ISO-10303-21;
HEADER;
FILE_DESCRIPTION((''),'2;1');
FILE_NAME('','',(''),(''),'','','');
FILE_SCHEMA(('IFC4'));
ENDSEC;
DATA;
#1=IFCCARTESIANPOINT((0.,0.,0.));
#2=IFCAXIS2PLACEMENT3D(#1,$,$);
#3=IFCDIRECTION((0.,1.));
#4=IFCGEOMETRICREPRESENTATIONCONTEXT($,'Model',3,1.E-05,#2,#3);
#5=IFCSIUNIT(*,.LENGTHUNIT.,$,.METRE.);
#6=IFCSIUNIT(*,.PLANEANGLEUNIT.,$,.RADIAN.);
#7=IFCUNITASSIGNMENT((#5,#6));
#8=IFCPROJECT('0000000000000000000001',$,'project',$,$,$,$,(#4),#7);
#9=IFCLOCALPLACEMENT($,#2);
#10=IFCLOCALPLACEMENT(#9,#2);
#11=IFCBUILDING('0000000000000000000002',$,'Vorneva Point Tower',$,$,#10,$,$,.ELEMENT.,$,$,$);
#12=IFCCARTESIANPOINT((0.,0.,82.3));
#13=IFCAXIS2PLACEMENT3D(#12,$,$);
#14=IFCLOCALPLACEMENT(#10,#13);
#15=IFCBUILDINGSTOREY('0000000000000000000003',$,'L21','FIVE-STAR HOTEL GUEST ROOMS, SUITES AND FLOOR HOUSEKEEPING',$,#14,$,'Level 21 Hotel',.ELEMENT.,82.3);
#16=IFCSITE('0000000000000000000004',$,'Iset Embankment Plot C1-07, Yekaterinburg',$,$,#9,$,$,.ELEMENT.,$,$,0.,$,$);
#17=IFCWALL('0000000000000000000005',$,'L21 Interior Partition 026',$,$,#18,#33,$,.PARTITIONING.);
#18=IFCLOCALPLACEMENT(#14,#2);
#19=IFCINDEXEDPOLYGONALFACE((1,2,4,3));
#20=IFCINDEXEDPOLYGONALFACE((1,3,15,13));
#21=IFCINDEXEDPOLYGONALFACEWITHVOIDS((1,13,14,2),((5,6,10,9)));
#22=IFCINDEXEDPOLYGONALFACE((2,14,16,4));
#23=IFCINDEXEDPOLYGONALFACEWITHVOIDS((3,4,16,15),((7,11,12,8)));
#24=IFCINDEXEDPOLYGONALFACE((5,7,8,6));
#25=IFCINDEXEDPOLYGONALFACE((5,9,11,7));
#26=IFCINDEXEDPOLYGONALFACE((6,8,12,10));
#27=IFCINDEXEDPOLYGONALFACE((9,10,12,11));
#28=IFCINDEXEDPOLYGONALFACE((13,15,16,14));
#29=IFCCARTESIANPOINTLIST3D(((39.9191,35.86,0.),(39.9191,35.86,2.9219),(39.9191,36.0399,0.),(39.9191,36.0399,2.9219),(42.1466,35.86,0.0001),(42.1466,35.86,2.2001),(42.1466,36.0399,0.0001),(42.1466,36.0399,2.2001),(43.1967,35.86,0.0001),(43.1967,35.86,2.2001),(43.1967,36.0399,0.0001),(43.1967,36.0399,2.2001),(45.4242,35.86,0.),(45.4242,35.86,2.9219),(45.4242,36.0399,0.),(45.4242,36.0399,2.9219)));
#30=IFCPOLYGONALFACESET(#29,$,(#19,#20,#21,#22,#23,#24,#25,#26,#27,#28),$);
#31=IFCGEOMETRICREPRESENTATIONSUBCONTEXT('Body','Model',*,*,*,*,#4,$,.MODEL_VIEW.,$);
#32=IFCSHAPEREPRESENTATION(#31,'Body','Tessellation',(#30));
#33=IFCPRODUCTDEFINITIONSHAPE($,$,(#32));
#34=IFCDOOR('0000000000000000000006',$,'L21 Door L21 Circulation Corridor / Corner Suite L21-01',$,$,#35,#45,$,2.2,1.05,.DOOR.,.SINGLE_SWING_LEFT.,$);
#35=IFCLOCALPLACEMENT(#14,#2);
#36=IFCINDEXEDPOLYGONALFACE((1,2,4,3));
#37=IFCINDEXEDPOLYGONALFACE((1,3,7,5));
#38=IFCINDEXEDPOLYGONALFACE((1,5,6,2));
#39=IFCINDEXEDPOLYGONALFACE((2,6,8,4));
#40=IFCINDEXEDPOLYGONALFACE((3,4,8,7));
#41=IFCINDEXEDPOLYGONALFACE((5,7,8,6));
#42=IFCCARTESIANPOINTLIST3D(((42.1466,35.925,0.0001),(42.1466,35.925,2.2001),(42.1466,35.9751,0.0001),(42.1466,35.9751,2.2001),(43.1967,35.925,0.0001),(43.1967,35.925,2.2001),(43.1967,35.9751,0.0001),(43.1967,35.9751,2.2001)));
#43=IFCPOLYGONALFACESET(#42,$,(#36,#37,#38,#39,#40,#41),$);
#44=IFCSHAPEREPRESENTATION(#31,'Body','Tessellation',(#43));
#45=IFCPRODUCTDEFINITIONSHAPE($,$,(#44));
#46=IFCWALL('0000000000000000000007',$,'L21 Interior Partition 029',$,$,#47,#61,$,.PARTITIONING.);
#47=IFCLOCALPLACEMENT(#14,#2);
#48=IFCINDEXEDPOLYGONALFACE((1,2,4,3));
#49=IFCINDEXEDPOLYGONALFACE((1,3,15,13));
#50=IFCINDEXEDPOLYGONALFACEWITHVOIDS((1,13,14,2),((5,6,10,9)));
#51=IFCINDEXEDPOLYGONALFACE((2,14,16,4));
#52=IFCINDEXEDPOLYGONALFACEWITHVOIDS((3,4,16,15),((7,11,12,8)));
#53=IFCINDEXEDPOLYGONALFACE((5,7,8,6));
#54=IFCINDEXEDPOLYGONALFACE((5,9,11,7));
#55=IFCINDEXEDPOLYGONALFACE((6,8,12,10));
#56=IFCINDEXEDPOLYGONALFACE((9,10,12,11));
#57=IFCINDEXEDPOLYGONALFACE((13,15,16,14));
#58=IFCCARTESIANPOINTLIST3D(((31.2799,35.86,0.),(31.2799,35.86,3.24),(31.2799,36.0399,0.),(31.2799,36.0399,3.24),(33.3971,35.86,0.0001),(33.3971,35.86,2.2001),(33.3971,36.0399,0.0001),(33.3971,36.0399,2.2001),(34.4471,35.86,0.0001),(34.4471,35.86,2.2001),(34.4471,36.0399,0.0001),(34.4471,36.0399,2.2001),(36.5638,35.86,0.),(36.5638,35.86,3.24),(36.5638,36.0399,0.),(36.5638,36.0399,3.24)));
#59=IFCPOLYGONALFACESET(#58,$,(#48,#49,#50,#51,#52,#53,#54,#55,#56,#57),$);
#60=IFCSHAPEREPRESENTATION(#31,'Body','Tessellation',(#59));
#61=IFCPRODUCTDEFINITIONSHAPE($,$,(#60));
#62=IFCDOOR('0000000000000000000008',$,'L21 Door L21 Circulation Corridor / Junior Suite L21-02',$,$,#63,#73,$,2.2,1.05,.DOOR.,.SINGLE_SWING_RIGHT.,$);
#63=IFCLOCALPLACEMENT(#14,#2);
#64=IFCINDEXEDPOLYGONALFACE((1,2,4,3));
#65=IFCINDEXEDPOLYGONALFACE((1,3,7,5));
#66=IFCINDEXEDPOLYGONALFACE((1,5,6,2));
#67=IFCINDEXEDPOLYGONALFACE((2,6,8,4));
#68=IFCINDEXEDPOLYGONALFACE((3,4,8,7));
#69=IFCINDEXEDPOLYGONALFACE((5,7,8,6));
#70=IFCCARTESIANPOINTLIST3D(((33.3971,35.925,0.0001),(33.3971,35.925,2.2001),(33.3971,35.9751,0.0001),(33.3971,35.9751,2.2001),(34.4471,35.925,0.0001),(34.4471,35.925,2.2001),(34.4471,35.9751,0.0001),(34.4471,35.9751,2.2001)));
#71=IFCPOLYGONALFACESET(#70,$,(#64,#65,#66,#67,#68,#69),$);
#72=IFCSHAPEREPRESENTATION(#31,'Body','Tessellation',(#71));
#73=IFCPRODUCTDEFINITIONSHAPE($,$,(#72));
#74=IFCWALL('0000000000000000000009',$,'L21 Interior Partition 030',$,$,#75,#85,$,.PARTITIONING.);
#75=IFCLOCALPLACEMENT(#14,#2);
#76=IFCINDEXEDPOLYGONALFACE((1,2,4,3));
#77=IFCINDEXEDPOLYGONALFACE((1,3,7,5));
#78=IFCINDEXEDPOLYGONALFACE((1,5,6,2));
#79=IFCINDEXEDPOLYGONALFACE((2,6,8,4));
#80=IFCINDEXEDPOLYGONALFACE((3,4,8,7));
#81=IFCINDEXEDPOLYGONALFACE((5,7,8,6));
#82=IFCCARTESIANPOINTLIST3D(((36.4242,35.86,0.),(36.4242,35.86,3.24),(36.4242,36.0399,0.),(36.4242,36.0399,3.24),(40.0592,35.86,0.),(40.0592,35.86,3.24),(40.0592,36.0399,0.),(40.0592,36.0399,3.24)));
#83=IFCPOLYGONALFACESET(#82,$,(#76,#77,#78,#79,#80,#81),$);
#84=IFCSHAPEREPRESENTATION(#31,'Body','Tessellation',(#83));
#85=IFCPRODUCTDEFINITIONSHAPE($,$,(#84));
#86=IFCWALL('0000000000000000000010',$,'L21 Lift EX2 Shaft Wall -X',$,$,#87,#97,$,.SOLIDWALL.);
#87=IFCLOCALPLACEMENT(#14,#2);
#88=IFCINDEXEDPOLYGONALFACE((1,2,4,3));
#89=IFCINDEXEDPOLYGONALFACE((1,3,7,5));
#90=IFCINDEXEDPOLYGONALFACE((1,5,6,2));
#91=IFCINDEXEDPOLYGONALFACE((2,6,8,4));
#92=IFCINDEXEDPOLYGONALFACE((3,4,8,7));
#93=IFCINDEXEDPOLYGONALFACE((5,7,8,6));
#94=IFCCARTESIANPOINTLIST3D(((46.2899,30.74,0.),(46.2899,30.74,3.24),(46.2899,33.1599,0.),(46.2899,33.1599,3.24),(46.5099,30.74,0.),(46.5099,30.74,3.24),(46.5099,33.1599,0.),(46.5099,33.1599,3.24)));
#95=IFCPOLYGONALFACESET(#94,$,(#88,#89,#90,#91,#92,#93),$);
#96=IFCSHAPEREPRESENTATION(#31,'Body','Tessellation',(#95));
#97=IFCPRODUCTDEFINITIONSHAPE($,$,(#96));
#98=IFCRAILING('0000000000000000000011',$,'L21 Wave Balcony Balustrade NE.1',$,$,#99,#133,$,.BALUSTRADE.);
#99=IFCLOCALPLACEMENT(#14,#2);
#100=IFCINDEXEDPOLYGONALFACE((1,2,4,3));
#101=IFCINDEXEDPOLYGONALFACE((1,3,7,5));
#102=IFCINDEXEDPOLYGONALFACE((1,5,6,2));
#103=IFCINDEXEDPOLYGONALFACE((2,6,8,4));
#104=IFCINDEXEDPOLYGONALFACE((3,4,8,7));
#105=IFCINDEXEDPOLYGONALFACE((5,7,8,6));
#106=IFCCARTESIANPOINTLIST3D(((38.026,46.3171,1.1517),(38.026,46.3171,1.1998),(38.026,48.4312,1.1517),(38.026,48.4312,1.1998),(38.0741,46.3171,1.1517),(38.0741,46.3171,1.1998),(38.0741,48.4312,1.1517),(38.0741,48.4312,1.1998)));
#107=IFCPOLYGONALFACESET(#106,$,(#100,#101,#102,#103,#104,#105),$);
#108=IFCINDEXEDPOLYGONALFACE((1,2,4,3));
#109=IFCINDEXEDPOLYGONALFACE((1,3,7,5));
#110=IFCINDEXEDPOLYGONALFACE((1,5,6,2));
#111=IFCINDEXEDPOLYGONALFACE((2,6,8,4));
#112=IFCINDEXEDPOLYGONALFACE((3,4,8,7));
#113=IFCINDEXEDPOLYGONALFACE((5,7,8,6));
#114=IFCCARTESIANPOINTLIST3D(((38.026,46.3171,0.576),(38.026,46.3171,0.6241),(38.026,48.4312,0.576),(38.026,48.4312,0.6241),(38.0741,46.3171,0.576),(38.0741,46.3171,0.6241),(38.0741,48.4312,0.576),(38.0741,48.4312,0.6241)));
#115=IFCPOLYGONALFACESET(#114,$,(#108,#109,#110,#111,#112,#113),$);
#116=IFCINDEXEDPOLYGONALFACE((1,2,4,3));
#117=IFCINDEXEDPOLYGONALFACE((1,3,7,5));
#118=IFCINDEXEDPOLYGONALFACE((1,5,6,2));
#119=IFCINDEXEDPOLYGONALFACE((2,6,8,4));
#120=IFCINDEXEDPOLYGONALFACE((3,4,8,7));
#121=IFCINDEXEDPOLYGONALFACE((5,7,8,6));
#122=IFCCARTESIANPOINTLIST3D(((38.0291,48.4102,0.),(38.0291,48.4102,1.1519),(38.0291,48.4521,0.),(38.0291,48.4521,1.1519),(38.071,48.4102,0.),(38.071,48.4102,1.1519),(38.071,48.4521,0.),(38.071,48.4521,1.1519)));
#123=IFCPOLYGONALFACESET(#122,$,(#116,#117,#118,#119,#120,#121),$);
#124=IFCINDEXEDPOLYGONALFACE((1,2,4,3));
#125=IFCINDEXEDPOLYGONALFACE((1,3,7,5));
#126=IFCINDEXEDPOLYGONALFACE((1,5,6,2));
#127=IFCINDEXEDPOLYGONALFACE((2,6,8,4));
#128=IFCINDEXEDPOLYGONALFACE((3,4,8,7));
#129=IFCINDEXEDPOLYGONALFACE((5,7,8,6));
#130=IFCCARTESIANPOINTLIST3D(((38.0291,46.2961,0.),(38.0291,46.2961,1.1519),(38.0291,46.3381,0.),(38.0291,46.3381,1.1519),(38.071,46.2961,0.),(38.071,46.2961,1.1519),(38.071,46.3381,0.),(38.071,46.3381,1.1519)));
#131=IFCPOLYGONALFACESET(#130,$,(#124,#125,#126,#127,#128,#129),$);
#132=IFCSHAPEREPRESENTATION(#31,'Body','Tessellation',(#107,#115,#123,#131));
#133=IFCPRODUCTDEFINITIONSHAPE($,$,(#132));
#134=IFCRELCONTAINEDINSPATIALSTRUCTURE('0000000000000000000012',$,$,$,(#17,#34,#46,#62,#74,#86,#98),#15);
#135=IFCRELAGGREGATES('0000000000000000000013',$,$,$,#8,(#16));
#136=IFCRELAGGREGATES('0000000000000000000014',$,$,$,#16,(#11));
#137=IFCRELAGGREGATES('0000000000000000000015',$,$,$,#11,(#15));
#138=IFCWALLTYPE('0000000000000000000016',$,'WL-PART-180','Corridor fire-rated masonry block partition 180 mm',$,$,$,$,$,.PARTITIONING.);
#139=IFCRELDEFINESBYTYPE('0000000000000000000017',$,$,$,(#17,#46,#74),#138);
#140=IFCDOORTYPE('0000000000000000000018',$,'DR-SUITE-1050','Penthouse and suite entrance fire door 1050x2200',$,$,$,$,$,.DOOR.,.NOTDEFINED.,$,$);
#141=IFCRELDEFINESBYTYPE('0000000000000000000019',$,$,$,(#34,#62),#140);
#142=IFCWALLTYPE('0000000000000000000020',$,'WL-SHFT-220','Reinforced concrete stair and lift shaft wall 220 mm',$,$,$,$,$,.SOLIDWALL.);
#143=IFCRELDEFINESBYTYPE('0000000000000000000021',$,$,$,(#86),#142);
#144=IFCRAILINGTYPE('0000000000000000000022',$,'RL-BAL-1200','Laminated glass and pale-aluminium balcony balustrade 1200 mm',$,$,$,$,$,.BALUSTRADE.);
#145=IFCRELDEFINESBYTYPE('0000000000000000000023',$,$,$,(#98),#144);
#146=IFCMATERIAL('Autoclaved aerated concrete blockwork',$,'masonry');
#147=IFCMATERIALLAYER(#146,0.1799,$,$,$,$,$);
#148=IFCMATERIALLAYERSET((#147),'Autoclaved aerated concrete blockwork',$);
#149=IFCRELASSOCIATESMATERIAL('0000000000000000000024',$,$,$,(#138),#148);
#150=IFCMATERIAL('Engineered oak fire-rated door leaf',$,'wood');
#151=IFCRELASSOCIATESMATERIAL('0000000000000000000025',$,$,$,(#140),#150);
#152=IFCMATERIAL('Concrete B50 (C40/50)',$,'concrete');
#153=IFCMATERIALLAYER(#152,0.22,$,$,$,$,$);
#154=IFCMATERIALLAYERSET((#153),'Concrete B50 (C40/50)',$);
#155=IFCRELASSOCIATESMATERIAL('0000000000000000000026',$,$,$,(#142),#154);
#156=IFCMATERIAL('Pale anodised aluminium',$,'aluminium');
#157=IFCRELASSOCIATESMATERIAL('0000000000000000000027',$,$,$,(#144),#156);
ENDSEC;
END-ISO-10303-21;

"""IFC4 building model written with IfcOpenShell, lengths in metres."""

from ifc_helpers import new_model, si_unit, direction, frame, frame_2d, origin, origin_2d, place, context, subcontext, project, spatial, rectangle, extrude, material, layer, layer_set, type_object, element, fill, save


model = new_model("IFC4")

# Units and contexts
model_context = context("Model", 3, precision=1e-05, world=origin(), true_north=direction((0.0, 1.0)))
body_context = subcontext(model_context, "Body", "Model", "MODEL_VIEW")
ifc_project = project(units=[si_unit("LENGTHUNIT", "METRE"), si_unit("PLANEANGLEUNIT", "RADIAN")], contexts=[model_context])

# Site, building, storey
site_placement = place(None, origin())
site = spatial("IfcSite", under=ifc_project, at=site_placement, Name="Iset Embankment Plot C1-07, Yekaterinburg", CompositionType="ELEMENT", RefElevation=0.0)
building_placement = place(site_placement, origin())
building = spatial("IfcBuilding", under=site, at=building_placement, Name="Vorneva Point Tower", CompositionType="ELEMENT")
storey_placement = place(building_placement, frame((0.0, 0.0, 82.3)))
storey = spatial("IfcBuildingStorey", under=building, at=storey_placement, Name="L21", Description="FIVE-STAR HOTEL GUEST ROOMS, SUITES AND FLOOR HOUSEKEEPING", LongName="Level 21 Hotel", CompositionType="ELEMENT", Elevation=82.3)

# Shared definitions
ifc_material_1 = material(Name="Pale anodised aluminium", Category="aluminium")

# Shared definitions
ifc_material_2 = material(Name="Engineered oak fire-rated door leaf", Category="wood")

# Walls, openings, doors
ifc_material_3 = material(Name="Autoclaved aerated concrete blockwork", Category="masonry")
ifc_layer_1 = layer(ifc_material_3, 0.1799)
ifc_layer_set_1 = layer_set([ifc_layer_1], Name="Autoclaved aerated concrete blockwork")
wall_type_1 = type_object("IfcWallType", Name="WL-PART-180", Description="Corridor fire-rated masonry block partition 180 mm", PredefinedType="PARTITIONING", material=ifc_layer_set_1)
wall_1_placement = place(storey_placement, frame((45.4241, 35.95, 0.0), z_axis=(0.0, 0.0, 1.0), x_axis=(-1.0, 0.0, 0.0)))
wall_1 = element("IfcWall", 1, at=wall_1_placement, inside=storey, type_object=wall_type_1, Name="L21 Interior Partition 026", PredefinedType="PARTITIONING", context=body_context, shape_type="SweptSolid", body=[
    extrude(rectangle(XDim=5.5051, YDim=0.1799, at=frame_2d((2.7524, 0.0))), origin(), (0.0, 0.0, 1.0), 2.9219),
])
opening_1_placement = place(wall_1_placement, frame((2.2275, 0.0, 0.0)))
opening_1 = element("IfcOpeningElement", 2, at=opening_1_placement, cuts=wall_1, PredefinedType="OPENING", context=body_context, shape_type="SweptSolid", body=[
    extrude(rectangle(XDim=1.05, YDim=2.2, at=frame_2d((0.5249, 1.1001))), frame((0.0, 0.105, 0.0), z_axis=(0.0, -1.0, 0.0), x_axis=(1.0, 0.0, 0.0)), (0.0, 0.0, 1.0), 0.2097),
])
door_type_1 = type_object("IfcDoorType", Name="DR-SUITE-1050", Description="Penthouse and suite entrance fire door 1050x2200", OperationType="NOTDEFINED", PredefinedType="DOOR", material=ifc_material_2)
door_1_placement = place(opening_1_placement, origin())
door_1 = element("IfcDoor", 3, at=door_1_placement, inside=storey, type_object=door_type_1, Name="L21 Door L21 Circulation Corridor / Corner Suite L21-01", OperationType="SINGLE_SWING_LEFT", OverallHeight=2.2, OverallWidth=1.05, PredefinedType="DOOR", context=body_context, shape_type="SweptSolid", body=[
    extrude(rectangle(XDim=1.05, YDim=2.2, at=frame_2d((0.5249, 1.1001))), frame((0.0, 0.0249, 0.0), z_axis=(0.0, -1.0, 0.0), x_axis=(1.0, 0.0, 0.0)), (0.0, 0.0, 1.0), 0.05),
])
fill(opening_1, door_1)
wall_2_placement = place(storey_placement, frame((36.564, 35.95, 0.0), z_axis=(0.0, 0.0, 1.0), x_axis=(-1.0, 0.0, 0.0)))
wall_2 = element("IfcWall", 4, at=wall_2_placement, inside=storey, type_object=wall_type_1, Name="L21 Interior Partition 029", PredefinedType="PARTITIONING", context=body_context, shape_type="SweptSolid", body=[
    extrude(rectangle(XDim=5.2839, YDim=0.1799, at=frame_2d((2.6421, 0.0))), origin(), (0.0, 0.0, 1.0), 3.24),
])
opening_2_placement = place(wall_2_placement, frame((2.1169, 0.0, 0.0)))
opening_2 = element("IfcOpeningElement", 5, at=opening_2_placement, cuts=wall_2, PredefinedType="OPENING", context=body_context, shape_type="SweptSolid", body=[
    extrude(rectangle(XDim=1.05, YDim=2.2, at=frame_2d((0.5249, 1.1001))), frame((0.0, 0.105, 0.0), z_axis=(0.0, -1.0, 0.0), x_axis=(1.0, 0.0, 0.0)), (0.0, 0.0, 1.0), 0.2097),
])
door_2_placement = place(opening_2_placement, origin())
door_2 = element("IfcDoor", 6, at=door_2_placement, inside=storey, type_object=door_type_1, Name="L21 Door L21 Circulation Corridor / Junior Suite L21-02", OperationType="SINGLE_SWING_RIGHT", OverallHeight=2.2, OverallWidth=1.05, PredefinedType="DOOR", context=body_context, shape_type="SweptSolid", body=[
    extrude(rectangle(XDim=1.05, YDim=2.2, at=frame_2d((0.5249, 1.1001))), frame((0.0, 0.0249, 0.0), z_axis=(0.0, -1.0, 0.0), x_axis=(1.0, 0.0, 0.0)), (0.0, 0.0, 1.0), 0.05),
])
fill(opening_2, door_2)

# Walls
wall_3_placement = place(storey_placement, frame((40.0591, 35.95, 0.0), z_axis=(0.0, 0.0, 1.0), x_axis=(-1.0, 0.0, 0.0)))
element("IfcWall", 7, at=wall_3_placement, inside=storey, type_object=wall_type_1, Name="L21 Interior Partition 030", PredefinedType="PARTITIONING", context=body_context, shape_type="SweptSolid", body=[
    extrude(rectangle(XDim=3.635, YDim=0.1799, at=frame_2d((1.8174, 0.0))), origin(), (0.0, 0.0, 1.0), 3.24),
])
ifc_material_4 = material(Name="Concrete B50 (C40/50)", Category="concrete")
ifc_layer_2 = layer(ifc_material_4, 0.22)
ifc_layer_set_2 = layer_set([ifc_layer_2], Name="Concrete B50 (C40/50)")
wall_type_2 = type_object("IfcWallType", Name="WL-SHFT-220", Description="Reinforced concrete stair and lift shaft wall 220 mm", PredefinedType="SOLIDWALL", material=ifc_layer_set_2)
wall_4_placement = place(storey_placement, frame((46.3999, 33.1599, 0.0), z_axis=(0.0, 0.0, 1.0), x_axis=(0.0, -1.0, 0.0)))
element("IfcWall", 8, at=wall_4_placement, inside=storey, type_object=wall_type_2, Name="L21 Lift EX2 Shaft Wall -X", PredefinedType="SOLIDWALL", context=body_context, shape_type="SweptSolid", body=[
    extrude(rectangle(XDim=2.4199, YDim=0.22, at=frame_2d((1.21, 0.0))), origin(), (0.0, 0.0, 1.0), 3.24),
])

# Railing
railing_type = type_object("IfcRailingType", Name="RL-BAL-1200", Description="Laminated glass and pale-aluminium balcony balustrade 1200 mm", PredefinedType="BALUSTRADE", material=ifc_material_1)
railing_placement = place(storey_placement, frame((38.05, 48.4312, 0.0)))
element("IfcRailing", 9, at=railing_placement, inside=storey, type_object=railing_type, Name="L21 Wave Balcony Balustrade NE.1", PredefinedType="BALUSTRADE", context=body_context, shape_type="SweptSolid", body=[
    extrude(rectangle(XDim=0.0481, YDim=0.0481, at=origin_2d()), frame((0.0, 0.0, 1.1758), z_axis=(0.0, -1.0, 0.0), x_axis=(1.0, 0.0, 0.0)), (0.0, 0.0, 1.0), 2.114),
    extrude(rectangle(XDim=0.0481, YDim=0.0481, at=origin_2d()), frame((0.0, 0.0, 0.6001), z_axis=(0.0, -1.0, 0.0), x_axis=(1.0, 0.0, 0.0)), (0.0, 0.0, 1.0), 2.114),
    extrude(rectangle(XDim=0.042, YDim=0.042, at=origin_2d()), origin(), (0.0, 0.0, 1.0), 1.1519),
    extrude(rectangle(XDim=0.042, YDim=0.042, at=origin_2d()), frame((0.0, -2.114, 0.0)), (0.0, 0.0, 1.0), 1.1519),
])

save(model, "model.ifc")
